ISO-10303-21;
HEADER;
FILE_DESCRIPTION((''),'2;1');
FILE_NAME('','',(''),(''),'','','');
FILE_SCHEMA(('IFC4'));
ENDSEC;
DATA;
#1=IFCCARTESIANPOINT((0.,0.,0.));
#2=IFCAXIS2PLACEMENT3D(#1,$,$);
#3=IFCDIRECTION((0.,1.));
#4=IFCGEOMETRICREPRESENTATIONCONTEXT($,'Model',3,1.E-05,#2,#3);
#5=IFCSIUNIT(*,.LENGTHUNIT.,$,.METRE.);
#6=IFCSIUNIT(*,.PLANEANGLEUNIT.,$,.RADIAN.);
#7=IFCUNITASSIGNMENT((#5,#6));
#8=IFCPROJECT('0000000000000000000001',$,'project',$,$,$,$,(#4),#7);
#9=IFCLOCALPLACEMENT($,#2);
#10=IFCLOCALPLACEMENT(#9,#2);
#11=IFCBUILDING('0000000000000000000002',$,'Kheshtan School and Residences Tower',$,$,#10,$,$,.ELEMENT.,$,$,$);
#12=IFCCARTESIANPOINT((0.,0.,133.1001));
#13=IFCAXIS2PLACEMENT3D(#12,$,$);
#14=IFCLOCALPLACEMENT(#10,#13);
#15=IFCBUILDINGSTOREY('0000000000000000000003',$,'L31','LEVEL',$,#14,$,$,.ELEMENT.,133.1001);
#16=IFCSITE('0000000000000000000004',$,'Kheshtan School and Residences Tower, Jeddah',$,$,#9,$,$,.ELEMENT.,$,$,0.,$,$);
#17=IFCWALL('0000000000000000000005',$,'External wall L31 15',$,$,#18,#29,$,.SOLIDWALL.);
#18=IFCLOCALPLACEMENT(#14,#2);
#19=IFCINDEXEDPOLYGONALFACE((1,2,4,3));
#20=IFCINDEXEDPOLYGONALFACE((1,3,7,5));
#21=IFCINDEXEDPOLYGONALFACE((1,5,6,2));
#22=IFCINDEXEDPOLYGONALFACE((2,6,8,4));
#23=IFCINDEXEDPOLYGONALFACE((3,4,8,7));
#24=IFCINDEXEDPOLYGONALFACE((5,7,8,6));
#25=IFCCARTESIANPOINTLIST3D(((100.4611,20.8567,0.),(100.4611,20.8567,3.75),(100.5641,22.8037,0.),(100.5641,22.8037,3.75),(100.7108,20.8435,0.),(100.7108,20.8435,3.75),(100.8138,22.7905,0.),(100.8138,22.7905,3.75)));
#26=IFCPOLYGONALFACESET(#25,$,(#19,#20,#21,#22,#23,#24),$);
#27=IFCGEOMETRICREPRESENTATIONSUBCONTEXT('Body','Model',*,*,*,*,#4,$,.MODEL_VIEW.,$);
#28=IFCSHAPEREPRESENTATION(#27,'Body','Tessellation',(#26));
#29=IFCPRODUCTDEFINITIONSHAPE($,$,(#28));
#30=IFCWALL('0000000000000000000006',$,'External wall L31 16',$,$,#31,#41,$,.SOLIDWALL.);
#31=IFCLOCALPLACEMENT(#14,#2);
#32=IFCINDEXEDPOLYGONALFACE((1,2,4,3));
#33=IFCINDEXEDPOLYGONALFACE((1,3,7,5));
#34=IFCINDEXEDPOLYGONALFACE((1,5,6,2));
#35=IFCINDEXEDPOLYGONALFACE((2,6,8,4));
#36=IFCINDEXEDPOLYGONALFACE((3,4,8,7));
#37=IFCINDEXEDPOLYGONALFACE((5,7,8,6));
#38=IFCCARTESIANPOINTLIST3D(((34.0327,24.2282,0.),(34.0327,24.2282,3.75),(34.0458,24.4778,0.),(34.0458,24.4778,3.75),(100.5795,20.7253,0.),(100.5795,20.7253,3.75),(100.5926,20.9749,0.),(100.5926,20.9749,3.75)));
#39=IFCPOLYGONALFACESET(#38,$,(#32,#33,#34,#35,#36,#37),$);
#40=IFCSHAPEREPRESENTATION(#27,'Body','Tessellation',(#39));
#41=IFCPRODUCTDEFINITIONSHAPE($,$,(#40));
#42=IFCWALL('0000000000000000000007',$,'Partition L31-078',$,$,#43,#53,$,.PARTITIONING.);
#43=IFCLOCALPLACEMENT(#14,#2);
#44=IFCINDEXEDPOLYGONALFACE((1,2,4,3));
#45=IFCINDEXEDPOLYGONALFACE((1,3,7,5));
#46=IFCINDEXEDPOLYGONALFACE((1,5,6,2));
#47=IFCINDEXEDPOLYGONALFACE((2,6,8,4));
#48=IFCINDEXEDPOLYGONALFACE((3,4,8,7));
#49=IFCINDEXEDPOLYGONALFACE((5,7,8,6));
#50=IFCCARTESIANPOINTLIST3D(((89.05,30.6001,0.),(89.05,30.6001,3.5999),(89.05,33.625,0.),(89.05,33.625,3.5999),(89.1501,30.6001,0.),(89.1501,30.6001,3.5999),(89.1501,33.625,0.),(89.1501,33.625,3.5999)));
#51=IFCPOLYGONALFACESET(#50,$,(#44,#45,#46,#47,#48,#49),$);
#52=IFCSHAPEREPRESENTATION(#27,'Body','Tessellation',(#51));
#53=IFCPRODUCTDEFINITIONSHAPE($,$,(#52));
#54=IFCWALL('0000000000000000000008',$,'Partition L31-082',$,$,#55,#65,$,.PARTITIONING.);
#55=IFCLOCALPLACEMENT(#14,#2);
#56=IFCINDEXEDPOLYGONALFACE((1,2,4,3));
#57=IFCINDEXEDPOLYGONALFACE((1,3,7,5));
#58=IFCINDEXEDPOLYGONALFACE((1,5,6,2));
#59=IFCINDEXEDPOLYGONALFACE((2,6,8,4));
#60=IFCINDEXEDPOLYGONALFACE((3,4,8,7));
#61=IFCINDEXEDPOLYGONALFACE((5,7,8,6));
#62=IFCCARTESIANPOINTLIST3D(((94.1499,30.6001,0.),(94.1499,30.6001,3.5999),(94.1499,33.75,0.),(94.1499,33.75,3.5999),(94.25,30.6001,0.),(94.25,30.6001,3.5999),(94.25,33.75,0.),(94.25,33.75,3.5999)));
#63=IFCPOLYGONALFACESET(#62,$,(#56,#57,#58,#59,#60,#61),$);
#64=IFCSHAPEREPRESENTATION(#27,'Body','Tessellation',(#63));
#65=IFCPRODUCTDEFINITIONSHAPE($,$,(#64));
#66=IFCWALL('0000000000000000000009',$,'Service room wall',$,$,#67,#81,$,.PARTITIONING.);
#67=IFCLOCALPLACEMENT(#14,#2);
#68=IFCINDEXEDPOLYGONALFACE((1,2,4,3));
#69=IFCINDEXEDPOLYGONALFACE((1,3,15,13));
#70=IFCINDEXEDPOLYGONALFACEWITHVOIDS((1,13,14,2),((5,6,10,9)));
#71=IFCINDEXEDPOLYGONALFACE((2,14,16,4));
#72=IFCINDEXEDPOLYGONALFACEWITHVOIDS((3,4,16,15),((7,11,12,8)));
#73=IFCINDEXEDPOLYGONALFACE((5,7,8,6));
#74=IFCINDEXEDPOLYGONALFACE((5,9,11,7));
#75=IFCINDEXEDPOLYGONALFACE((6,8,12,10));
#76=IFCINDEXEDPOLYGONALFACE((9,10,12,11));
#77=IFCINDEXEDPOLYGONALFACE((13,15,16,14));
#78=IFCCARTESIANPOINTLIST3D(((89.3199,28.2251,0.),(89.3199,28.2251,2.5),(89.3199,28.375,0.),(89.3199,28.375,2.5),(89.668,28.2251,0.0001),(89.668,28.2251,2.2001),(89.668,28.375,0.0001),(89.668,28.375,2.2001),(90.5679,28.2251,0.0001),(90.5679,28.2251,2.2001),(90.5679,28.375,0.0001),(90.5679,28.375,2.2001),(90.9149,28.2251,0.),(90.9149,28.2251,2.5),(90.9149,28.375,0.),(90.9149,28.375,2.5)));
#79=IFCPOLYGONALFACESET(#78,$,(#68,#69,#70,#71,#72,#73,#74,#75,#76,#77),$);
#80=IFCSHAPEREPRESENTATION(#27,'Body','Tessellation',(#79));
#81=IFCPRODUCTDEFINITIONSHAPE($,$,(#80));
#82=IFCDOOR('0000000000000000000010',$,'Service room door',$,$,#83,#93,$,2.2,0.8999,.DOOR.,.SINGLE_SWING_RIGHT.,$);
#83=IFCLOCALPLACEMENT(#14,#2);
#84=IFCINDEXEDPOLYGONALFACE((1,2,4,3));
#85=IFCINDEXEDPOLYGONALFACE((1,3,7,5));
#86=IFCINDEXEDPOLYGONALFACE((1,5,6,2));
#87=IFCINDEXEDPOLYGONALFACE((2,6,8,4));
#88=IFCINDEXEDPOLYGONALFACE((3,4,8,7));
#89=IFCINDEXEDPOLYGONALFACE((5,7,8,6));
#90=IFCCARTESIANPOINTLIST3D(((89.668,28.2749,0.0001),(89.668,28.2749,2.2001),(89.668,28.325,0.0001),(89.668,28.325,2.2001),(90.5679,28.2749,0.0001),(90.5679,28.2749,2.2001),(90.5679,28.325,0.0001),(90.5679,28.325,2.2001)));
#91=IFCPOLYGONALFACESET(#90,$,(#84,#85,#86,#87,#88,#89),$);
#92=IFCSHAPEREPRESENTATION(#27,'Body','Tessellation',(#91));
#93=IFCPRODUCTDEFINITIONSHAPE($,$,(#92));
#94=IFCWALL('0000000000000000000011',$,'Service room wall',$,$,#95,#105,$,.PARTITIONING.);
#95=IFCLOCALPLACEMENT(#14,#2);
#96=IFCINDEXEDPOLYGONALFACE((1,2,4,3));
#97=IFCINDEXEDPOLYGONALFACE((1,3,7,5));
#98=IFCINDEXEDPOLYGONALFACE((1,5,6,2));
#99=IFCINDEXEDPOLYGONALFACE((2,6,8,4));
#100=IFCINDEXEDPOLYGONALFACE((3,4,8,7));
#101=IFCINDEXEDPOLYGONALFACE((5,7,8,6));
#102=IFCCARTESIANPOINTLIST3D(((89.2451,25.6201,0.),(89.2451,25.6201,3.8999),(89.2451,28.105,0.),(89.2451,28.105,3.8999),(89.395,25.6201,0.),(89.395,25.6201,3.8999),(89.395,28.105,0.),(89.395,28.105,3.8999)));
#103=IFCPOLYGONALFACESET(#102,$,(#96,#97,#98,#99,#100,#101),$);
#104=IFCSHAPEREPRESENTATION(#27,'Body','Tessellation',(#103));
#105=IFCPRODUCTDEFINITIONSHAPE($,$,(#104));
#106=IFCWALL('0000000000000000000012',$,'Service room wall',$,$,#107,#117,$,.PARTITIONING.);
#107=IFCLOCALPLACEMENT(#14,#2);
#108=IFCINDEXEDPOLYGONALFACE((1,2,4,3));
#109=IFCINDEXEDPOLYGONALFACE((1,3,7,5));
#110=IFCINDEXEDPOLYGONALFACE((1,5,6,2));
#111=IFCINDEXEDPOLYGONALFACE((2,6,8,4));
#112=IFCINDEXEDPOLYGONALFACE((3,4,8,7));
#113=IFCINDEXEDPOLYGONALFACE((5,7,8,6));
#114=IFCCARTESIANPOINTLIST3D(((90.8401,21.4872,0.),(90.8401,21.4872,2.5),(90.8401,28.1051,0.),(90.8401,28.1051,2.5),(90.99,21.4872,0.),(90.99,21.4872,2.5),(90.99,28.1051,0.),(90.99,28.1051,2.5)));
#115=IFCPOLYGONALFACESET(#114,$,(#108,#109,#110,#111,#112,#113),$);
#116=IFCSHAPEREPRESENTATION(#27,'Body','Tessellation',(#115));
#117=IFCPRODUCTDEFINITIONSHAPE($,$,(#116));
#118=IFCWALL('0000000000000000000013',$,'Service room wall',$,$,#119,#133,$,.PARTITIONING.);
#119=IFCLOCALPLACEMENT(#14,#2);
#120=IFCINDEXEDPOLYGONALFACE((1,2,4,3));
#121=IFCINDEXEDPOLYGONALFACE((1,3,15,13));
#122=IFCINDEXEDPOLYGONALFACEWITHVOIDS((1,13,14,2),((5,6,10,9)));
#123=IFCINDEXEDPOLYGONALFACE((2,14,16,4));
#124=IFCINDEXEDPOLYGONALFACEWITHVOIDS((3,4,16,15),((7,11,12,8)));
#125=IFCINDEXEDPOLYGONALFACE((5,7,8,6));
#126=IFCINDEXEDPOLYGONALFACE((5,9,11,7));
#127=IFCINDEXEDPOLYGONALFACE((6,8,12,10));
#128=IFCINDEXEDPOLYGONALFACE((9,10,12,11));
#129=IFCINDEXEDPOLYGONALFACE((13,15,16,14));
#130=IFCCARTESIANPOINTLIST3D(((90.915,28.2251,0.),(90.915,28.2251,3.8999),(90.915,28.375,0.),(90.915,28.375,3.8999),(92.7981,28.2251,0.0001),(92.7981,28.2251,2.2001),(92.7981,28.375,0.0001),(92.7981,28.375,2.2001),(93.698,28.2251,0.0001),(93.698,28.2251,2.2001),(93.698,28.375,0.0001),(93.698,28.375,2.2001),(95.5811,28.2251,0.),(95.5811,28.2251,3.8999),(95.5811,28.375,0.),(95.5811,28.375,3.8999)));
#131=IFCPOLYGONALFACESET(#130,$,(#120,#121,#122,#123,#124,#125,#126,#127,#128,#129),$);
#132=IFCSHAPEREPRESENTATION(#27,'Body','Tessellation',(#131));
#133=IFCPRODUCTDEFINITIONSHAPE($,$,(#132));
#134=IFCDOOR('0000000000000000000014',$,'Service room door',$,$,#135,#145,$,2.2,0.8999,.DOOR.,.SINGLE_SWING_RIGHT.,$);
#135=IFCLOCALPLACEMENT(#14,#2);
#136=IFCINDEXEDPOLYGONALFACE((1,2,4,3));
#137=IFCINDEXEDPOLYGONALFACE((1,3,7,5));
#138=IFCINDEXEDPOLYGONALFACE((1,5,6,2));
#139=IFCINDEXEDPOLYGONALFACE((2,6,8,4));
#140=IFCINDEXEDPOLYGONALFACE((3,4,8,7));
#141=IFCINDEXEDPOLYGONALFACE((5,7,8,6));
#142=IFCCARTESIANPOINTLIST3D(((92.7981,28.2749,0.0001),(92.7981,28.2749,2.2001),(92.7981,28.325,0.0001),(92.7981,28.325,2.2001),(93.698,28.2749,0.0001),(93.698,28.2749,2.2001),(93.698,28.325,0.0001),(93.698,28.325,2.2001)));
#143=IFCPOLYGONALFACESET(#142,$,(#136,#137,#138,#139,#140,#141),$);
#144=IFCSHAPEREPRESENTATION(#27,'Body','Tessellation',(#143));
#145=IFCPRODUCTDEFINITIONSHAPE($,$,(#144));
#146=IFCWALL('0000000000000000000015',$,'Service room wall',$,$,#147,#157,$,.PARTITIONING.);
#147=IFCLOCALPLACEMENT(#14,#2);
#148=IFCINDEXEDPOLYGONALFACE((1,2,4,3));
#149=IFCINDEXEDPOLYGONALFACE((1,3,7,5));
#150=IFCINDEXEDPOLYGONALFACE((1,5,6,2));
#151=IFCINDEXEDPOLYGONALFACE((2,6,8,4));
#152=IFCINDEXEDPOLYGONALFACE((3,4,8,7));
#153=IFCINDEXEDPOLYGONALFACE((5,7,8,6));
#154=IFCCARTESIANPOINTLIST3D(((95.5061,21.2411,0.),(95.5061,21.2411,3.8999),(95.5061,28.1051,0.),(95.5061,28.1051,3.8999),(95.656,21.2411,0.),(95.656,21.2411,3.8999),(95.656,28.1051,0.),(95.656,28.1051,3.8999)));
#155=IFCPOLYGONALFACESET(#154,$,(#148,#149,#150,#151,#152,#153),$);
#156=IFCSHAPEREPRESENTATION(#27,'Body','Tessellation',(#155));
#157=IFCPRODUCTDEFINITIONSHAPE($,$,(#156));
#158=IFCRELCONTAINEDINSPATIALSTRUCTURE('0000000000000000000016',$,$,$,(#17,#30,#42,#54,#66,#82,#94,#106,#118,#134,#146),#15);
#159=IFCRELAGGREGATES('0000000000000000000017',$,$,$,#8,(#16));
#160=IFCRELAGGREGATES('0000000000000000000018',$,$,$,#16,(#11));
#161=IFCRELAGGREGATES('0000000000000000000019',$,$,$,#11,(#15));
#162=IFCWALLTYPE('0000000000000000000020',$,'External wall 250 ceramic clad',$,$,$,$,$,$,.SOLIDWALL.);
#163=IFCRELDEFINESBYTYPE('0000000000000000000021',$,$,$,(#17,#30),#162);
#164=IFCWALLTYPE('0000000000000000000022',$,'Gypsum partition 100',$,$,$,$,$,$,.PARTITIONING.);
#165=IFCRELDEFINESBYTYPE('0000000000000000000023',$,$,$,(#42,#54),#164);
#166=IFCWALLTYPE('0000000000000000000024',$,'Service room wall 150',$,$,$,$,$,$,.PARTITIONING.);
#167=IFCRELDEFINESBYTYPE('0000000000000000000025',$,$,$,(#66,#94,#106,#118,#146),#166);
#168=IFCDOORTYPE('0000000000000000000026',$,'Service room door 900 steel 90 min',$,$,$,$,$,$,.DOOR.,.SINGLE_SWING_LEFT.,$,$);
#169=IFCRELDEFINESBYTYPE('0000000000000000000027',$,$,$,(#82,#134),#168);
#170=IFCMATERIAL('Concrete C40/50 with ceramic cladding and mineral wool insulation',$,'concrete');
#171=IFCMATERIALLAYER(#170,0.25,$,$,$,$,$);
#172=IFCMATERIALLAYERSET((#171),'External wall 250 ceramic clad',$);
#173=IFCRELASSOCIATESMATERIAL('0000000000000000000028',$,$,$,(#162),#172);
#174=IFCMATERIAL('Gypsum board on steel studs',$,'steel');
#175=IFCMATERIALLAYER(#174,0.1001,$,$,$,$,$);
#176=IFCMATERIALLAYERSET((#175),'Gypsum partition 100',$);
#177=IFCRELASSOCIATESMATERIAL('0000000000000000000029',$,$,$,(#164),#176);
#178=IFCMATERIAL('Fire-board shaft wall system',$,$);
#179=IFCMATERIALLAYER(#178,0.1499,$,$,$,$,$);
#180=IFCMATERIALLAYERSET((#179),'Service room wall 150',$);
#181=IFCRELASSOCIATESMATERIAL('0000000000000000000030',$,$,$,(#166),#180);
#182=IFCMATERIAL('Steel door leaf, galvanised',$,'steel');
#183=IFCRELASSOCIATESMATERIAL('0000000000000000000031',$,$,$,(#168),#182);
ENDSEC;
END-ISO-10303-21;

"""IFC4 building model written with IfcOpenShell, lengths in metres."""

from ifc_helpers import new_model, si_unit, direction, frame, frame_2d, origin, place, context, subcontext, project, spatial, rectangle, extrude, source, transform, mapped, material, layer, layer_set, type_object, element, fill, save


model = new_model("IFC4")

# Units and contexts
model_context = context("Model", 3, precision=1e-05, world=origin(), true_north=direction((0.0, 1.0)))
body_context = subcontext(model_context, "Body", "Model", "MODEL_VIEW")
ifc_project = project(units=[si_unit("LENGTHUNIT", "METRE"), si_unit("PLANEANGLEUNIT", "RADIAN")], contexts=[model_context])

# Site, building, storey
site_placement = place(None, origin())
site = spatial("IfcSite", under=ifc_project, at=site_placement, Name="Kheshtan School and Residences Tower, Jeddah", CompositionType="ELEMENT", RefElevation=0.0)
building_placement = place(site_placement, origin())
building = spatial("IfcBuilding", under=site, at=building_placement, Name="Kheshtan School and Residences Tower", CompositionType="ELEMENT")
storey_placement = place(building_placement, frame((0.0, 0.0, 133.1001)))
storey = spatial("IfcBuildingStorey", under=building, at=storey_placement, Name="L31", Description="LEVEL", CompositionType="ELEMENT", Elevation=133.1001)

# Walls
ifc_material_1 = material(Name="Concrete C40/50 with ceramic cladding and mineral wool insulation", Category="concrete")
ifc_layer_1 = layer(ifc_material_1, 0.25)
ifc_layer_set_1 = layer_set([ifc_layer_1], Name="External wall 250 ceramic clad")
wall_type_1 = type_object("IfcWallType", Name="External wall 250 ceramic clad", PredefinedType="SOLIDWALL", material=ifc_layer_set_1)
wall_1_placement = place(storey_placement, frame((100.689, 22.7971, 0.0), z_axis=(0.0, 0.0, 1.0), x_axis=(-0.052841, -0.998603, 0.0)))
element("IfcWall", 1, at=wall_1_placement, inside=storey, type_object=wall_type_1, Name="External wall L31 15", PredefinedType="SOLIDWALL", context=body_context, shape_type="SweptSolid", body=[
    extrude(rectangle(XDim=1.9497, YDim=0.25, at=frame_2d((0.9749, 0.0))), origin(), (0.0, 0.0, 1.0), 3.75),
])
wall_2_placement = place(storey_placement, frame((100.5859, 20.8501, 0.0), z_axis=(0.0, 0.0, 1.0), x_axis=(-0.998617, 0.052566, 0.0)))
element("IfcWall", 2, at=wall_2_placement, inside=storey, type_object=wall_type_1, Name="External wall L31 16", PredefinedType="SOLIDWALL", context=body_context, shape_type="SweptSolid", body=[
    extrude(rectangle(XDim=66.6389, YDim=0.25, at=frame_2d((33.3193, 0.0))), origin(), (0.0, 0.0, 1.0), 3.75),
])
ifc_material_2 = material(Name="Gypsum board on steel studs", Category="steel")
ifc_layer_2 = layer(ifc_material_2, 0.1001)
ifc_layer_set_2 = layer_set([ifc_layer_2], Name="Gypsum partition 100")
wall_type_2 = type_object("IfcWallType", Name="Gypsum partition 100", PredefinedType="PARTITIONING", material=ifc_layer_set_2)
wall_3_placement = place(storey_placement, frame((89.1001, 30.6001, 0.0), z_axis=(0.0, 0.0, 1.0), x_axis=(0.0, 1.0, 0.0)))
element("IfcWall", 3, at=wall_3_placement, inside=storey, type_object=wall_type_2, Name="Partition L31-078", PredefinedType="PARTITIONING", context=body_context, shape_type="SweptSolid", body=[
    extrude(rectangle(XDim=3.0249, YDim=0.1001, at=frame_2d((1.5125, 0.0))), origin(), (0.0, 0.0, 1.0), 3.5999),
])
wall_4_placement = place(storey_placement, frame((94.2, 30.6001, 0.0), z_axis=(0.0, 0.0, 1.0), x_axis=(0.0, 1.0, 0.0)))
element("IfcWall", 4, at=wall_4_placement, inside=storey, type_object=wall_type_2, Name="Partition L31-082", PredefinedType="PARTITIONING", context=body_context, shape_type="SweptSolid", body=[
    extrude(rectangle(XDim=3.1499, YDim=0.1001, at=frame_2d((1.575, 0.0))), origin(), (0.0, 0.0, 1.0), 3.5999),
])

# Wall, opening, door
ifc_material_3 = material(Name="Fire-board shaft wall system")
ifc_layer_3 = layer(ifc_material_3, 0.1499)
ifc_layer_set_3 = layer_set([ifc_layer_3], Name="Service room wall 150")
wall_type_3 = type_object("IfcWallType", Name="Service room wall 150", PredefinedType="PARTITIONING", material=ifc_layer_set_3)
wall_5_placement = place(storey_placement, frame((89.3201, 28.3, 0.0), z_axis=(0.0, 0.0, 1.0), x_axis=(1.0, 0.0, 0.0)))
wall_5 = element("IfcWall", 5, at=wall_5_placement, inside=storey, type_object=wall_type_3, Name="Service room wall", PredefinedType="PARTITIONING", context=body_context, shape_type="SweptSolid", body=[
    extrude(rectangle(XDim=1.595, YDim=0.1499, at=frame_2d((0.7974, 0.0))), origin(), (0.0, 0.0, 1.0), 2.5),
])
opening_1_placement = place(wall_5_placement, frame((0.3479, 0.0, 0.0)))
opening_1 = element("IfcOpeningElement", 6, at=opening_1_placement, cuts=wall_5, PredefinedType="OPENING", context=body_context, shape_type="SweptSolid", body=[
    extrude(rectangle(XDim=0.8999, YDim=2.2, at=frame_2d((0.45, 1.1001))), frame((0.0, 0.085, 0.0), z_axis=(0.0, -1.0, 0.0), x_axis=(1.0, 0.0, 0.0)), (0.0, 0.0, 1.0), 0.1699),
])
ifc_material_4 = material(Name="Steel door leaf, galvanised", Category="steel")
door_type = type_object("IfcDoorType", Name="Service room door 900 steel 90 min", OperationType="SINGLE_SWING_LEFT", PredefinedType="DOOR", material=ifc_material_4)
shared_shape = source(origin(), body_context, "Body", "SweptSolid", [
    extrude(rectangle(XDim=0.8999, YDim=2.2, at=frame_2d((0.45, 1.1001))), frame((0.0, 0.0249, 0.0), z_axis=(0.0, -1.0, 0.0), x_axis=(1.0, 0.0, 0.0)), (0.0, 0.0, 1.0), 0.05),
])
door_1_placement = place(opening_1_placement, origin())
door_1 = element("IfcDoor", 7, at=door_1_placement, inside=storey, type_object=door_type, Name="Service room door", OperationType="SINGLE_SWING_RIGHT", OverallHeight=2.2, OverallWidth=0.8999, PredefinedType="DOOR", context=body_context, shape_type="MappedRepresentation", body=[
    mapped(shared_shape, transform((0.0, 0.0, 0.0), x_axis=(1.0, 0.0, 0.0), y_axis=(0.0, 1.0, 0.0), z_axis=(0.0, 0.0, 1.0), scale=1.0)),
])
fill(opening_1, door_1)

# Walls
wall_6_placement = place(storey_placement, frame((89.3201, 25.6201, 0.0), z_axis=(0.0, 0.0, 1.0), x_axis=(0.0, 1.0, 0.0)))
element("IfcWall", 8, at=wall_6_placement, inside=storey, type_object=wall_type_3, Name="Service room wall", PredefinedType="PARTITIONING", context=body_context, shape_type="SweptSolid", body=[
    extrude(rectangle(XDim=2.4849, YDim=0.1499, at=frame_2d((1.2424, 0.0))), origin(), (0.0, 0.0, 1.0), 3.8999),
])
wall_7_placement = place(storey_placement, frame((90.915, 21.4871, 0.0), z_axis=(0.0, 0.0, 1.0), x_axis=(0.0, 1.0, 0.0)))
element("IfcWall", 9, at=wall_7_placement, inside=storey, type_object=wall_type_3, Name="Service room wall", PredefinedType="PARTITIONING", context=body_context, shape_type="SweptSolid", body=[
    extrude(rectangle(XDim=6.6179, YDim=0.1499, at=frame_2d((3.3091, 0.0))), origin(), (0.0, 0.0, 1.0), 2.5),
])

# Wall, opening, door
wall_8_placement = place(storey_placement, frame((90.915, 28.3, 0.0), z_axis=(0.0, 0.0, 1.0), x_axis=(1.0, 0.0, 0.0)))
wall_8 = element("IfcWall", 10, at=wall_8_placement, inside=storey, type_object=wall_type_3, Name="Service room wall", PredefinedType="PARTITIONING", context=body_context, shape_type="SweptSolid", body=[
    extrude(rectangle(XDim=4.666, YDim=0.1499, at=frame_2d((2.333, 0.0))), origin(), (0.0, 0.0, 1.0), 3.8999),
])
opening_2_placement = place(wall_8_placement, frame((1.8831, 0.0, 0.0)))
opening_2 = element("IfcOpeningElement", 11, at=opening_2_placement, cuts=wall_8, PredefinedType="OPENING", context=body_context, shape_type="SweptSolid", body=[
    extrude(rectangle(XDim=0.8999, YDim=2.2, at=frame_2d((0.45, 1.1001))), frame((0.0, 0.085, 0.0), z_axis=(0.0, -1.0, 0.0), x_axis=(1.0, 0.0, 0.0)), (0.0, 0.0, 1.0), 0.1699),
])
door_2_placement = place(opening_2_placement, origin())
door_2 = element("IfcDoor", 12, at=door_2_placement, inside=storey, type_object=door_type, Name="Service room door", OperationType="SINGLE_SWING_RIGHT", OverallHeight=2.2, OverallWidth=0.8999, PredefinedType="DOOR", context=body_context, shape_type="MappedRepresentation", body=[
    mapped(shared_shape, transform((0.0, 0.0, 0.0), x_axis=(1.0, 0.0, 0.0), y_axis=(0.0, 1.0, 0.0), z_axis=(0.0, 0.0, 1.0), scale=1.0)),
])
fill(opening_2, door_2)

# Wall
wall_9_placement = place(storey_placement, frame((95.5811, 21.241, 0.0), z_axis=(0.0, 0.0, 1.0), x_axis=(0.0, 1.0, 0.0)))
element("IfcWall", 13, at=wall_9_placement, inside=storey, type_object=wall_type_3, Name="Service room wall", PredefinedType="PARTITIONING", context=body_context, shape_type="SweptSolid", body=[
    extrude(rectangle(XDim=6.864, YDim=0.1499, at=frame_2d((3.4321, 0.0))), origin(), (0.0, 0.0, 1.0), 3.8999),
])

save(model, "model.ifc")
